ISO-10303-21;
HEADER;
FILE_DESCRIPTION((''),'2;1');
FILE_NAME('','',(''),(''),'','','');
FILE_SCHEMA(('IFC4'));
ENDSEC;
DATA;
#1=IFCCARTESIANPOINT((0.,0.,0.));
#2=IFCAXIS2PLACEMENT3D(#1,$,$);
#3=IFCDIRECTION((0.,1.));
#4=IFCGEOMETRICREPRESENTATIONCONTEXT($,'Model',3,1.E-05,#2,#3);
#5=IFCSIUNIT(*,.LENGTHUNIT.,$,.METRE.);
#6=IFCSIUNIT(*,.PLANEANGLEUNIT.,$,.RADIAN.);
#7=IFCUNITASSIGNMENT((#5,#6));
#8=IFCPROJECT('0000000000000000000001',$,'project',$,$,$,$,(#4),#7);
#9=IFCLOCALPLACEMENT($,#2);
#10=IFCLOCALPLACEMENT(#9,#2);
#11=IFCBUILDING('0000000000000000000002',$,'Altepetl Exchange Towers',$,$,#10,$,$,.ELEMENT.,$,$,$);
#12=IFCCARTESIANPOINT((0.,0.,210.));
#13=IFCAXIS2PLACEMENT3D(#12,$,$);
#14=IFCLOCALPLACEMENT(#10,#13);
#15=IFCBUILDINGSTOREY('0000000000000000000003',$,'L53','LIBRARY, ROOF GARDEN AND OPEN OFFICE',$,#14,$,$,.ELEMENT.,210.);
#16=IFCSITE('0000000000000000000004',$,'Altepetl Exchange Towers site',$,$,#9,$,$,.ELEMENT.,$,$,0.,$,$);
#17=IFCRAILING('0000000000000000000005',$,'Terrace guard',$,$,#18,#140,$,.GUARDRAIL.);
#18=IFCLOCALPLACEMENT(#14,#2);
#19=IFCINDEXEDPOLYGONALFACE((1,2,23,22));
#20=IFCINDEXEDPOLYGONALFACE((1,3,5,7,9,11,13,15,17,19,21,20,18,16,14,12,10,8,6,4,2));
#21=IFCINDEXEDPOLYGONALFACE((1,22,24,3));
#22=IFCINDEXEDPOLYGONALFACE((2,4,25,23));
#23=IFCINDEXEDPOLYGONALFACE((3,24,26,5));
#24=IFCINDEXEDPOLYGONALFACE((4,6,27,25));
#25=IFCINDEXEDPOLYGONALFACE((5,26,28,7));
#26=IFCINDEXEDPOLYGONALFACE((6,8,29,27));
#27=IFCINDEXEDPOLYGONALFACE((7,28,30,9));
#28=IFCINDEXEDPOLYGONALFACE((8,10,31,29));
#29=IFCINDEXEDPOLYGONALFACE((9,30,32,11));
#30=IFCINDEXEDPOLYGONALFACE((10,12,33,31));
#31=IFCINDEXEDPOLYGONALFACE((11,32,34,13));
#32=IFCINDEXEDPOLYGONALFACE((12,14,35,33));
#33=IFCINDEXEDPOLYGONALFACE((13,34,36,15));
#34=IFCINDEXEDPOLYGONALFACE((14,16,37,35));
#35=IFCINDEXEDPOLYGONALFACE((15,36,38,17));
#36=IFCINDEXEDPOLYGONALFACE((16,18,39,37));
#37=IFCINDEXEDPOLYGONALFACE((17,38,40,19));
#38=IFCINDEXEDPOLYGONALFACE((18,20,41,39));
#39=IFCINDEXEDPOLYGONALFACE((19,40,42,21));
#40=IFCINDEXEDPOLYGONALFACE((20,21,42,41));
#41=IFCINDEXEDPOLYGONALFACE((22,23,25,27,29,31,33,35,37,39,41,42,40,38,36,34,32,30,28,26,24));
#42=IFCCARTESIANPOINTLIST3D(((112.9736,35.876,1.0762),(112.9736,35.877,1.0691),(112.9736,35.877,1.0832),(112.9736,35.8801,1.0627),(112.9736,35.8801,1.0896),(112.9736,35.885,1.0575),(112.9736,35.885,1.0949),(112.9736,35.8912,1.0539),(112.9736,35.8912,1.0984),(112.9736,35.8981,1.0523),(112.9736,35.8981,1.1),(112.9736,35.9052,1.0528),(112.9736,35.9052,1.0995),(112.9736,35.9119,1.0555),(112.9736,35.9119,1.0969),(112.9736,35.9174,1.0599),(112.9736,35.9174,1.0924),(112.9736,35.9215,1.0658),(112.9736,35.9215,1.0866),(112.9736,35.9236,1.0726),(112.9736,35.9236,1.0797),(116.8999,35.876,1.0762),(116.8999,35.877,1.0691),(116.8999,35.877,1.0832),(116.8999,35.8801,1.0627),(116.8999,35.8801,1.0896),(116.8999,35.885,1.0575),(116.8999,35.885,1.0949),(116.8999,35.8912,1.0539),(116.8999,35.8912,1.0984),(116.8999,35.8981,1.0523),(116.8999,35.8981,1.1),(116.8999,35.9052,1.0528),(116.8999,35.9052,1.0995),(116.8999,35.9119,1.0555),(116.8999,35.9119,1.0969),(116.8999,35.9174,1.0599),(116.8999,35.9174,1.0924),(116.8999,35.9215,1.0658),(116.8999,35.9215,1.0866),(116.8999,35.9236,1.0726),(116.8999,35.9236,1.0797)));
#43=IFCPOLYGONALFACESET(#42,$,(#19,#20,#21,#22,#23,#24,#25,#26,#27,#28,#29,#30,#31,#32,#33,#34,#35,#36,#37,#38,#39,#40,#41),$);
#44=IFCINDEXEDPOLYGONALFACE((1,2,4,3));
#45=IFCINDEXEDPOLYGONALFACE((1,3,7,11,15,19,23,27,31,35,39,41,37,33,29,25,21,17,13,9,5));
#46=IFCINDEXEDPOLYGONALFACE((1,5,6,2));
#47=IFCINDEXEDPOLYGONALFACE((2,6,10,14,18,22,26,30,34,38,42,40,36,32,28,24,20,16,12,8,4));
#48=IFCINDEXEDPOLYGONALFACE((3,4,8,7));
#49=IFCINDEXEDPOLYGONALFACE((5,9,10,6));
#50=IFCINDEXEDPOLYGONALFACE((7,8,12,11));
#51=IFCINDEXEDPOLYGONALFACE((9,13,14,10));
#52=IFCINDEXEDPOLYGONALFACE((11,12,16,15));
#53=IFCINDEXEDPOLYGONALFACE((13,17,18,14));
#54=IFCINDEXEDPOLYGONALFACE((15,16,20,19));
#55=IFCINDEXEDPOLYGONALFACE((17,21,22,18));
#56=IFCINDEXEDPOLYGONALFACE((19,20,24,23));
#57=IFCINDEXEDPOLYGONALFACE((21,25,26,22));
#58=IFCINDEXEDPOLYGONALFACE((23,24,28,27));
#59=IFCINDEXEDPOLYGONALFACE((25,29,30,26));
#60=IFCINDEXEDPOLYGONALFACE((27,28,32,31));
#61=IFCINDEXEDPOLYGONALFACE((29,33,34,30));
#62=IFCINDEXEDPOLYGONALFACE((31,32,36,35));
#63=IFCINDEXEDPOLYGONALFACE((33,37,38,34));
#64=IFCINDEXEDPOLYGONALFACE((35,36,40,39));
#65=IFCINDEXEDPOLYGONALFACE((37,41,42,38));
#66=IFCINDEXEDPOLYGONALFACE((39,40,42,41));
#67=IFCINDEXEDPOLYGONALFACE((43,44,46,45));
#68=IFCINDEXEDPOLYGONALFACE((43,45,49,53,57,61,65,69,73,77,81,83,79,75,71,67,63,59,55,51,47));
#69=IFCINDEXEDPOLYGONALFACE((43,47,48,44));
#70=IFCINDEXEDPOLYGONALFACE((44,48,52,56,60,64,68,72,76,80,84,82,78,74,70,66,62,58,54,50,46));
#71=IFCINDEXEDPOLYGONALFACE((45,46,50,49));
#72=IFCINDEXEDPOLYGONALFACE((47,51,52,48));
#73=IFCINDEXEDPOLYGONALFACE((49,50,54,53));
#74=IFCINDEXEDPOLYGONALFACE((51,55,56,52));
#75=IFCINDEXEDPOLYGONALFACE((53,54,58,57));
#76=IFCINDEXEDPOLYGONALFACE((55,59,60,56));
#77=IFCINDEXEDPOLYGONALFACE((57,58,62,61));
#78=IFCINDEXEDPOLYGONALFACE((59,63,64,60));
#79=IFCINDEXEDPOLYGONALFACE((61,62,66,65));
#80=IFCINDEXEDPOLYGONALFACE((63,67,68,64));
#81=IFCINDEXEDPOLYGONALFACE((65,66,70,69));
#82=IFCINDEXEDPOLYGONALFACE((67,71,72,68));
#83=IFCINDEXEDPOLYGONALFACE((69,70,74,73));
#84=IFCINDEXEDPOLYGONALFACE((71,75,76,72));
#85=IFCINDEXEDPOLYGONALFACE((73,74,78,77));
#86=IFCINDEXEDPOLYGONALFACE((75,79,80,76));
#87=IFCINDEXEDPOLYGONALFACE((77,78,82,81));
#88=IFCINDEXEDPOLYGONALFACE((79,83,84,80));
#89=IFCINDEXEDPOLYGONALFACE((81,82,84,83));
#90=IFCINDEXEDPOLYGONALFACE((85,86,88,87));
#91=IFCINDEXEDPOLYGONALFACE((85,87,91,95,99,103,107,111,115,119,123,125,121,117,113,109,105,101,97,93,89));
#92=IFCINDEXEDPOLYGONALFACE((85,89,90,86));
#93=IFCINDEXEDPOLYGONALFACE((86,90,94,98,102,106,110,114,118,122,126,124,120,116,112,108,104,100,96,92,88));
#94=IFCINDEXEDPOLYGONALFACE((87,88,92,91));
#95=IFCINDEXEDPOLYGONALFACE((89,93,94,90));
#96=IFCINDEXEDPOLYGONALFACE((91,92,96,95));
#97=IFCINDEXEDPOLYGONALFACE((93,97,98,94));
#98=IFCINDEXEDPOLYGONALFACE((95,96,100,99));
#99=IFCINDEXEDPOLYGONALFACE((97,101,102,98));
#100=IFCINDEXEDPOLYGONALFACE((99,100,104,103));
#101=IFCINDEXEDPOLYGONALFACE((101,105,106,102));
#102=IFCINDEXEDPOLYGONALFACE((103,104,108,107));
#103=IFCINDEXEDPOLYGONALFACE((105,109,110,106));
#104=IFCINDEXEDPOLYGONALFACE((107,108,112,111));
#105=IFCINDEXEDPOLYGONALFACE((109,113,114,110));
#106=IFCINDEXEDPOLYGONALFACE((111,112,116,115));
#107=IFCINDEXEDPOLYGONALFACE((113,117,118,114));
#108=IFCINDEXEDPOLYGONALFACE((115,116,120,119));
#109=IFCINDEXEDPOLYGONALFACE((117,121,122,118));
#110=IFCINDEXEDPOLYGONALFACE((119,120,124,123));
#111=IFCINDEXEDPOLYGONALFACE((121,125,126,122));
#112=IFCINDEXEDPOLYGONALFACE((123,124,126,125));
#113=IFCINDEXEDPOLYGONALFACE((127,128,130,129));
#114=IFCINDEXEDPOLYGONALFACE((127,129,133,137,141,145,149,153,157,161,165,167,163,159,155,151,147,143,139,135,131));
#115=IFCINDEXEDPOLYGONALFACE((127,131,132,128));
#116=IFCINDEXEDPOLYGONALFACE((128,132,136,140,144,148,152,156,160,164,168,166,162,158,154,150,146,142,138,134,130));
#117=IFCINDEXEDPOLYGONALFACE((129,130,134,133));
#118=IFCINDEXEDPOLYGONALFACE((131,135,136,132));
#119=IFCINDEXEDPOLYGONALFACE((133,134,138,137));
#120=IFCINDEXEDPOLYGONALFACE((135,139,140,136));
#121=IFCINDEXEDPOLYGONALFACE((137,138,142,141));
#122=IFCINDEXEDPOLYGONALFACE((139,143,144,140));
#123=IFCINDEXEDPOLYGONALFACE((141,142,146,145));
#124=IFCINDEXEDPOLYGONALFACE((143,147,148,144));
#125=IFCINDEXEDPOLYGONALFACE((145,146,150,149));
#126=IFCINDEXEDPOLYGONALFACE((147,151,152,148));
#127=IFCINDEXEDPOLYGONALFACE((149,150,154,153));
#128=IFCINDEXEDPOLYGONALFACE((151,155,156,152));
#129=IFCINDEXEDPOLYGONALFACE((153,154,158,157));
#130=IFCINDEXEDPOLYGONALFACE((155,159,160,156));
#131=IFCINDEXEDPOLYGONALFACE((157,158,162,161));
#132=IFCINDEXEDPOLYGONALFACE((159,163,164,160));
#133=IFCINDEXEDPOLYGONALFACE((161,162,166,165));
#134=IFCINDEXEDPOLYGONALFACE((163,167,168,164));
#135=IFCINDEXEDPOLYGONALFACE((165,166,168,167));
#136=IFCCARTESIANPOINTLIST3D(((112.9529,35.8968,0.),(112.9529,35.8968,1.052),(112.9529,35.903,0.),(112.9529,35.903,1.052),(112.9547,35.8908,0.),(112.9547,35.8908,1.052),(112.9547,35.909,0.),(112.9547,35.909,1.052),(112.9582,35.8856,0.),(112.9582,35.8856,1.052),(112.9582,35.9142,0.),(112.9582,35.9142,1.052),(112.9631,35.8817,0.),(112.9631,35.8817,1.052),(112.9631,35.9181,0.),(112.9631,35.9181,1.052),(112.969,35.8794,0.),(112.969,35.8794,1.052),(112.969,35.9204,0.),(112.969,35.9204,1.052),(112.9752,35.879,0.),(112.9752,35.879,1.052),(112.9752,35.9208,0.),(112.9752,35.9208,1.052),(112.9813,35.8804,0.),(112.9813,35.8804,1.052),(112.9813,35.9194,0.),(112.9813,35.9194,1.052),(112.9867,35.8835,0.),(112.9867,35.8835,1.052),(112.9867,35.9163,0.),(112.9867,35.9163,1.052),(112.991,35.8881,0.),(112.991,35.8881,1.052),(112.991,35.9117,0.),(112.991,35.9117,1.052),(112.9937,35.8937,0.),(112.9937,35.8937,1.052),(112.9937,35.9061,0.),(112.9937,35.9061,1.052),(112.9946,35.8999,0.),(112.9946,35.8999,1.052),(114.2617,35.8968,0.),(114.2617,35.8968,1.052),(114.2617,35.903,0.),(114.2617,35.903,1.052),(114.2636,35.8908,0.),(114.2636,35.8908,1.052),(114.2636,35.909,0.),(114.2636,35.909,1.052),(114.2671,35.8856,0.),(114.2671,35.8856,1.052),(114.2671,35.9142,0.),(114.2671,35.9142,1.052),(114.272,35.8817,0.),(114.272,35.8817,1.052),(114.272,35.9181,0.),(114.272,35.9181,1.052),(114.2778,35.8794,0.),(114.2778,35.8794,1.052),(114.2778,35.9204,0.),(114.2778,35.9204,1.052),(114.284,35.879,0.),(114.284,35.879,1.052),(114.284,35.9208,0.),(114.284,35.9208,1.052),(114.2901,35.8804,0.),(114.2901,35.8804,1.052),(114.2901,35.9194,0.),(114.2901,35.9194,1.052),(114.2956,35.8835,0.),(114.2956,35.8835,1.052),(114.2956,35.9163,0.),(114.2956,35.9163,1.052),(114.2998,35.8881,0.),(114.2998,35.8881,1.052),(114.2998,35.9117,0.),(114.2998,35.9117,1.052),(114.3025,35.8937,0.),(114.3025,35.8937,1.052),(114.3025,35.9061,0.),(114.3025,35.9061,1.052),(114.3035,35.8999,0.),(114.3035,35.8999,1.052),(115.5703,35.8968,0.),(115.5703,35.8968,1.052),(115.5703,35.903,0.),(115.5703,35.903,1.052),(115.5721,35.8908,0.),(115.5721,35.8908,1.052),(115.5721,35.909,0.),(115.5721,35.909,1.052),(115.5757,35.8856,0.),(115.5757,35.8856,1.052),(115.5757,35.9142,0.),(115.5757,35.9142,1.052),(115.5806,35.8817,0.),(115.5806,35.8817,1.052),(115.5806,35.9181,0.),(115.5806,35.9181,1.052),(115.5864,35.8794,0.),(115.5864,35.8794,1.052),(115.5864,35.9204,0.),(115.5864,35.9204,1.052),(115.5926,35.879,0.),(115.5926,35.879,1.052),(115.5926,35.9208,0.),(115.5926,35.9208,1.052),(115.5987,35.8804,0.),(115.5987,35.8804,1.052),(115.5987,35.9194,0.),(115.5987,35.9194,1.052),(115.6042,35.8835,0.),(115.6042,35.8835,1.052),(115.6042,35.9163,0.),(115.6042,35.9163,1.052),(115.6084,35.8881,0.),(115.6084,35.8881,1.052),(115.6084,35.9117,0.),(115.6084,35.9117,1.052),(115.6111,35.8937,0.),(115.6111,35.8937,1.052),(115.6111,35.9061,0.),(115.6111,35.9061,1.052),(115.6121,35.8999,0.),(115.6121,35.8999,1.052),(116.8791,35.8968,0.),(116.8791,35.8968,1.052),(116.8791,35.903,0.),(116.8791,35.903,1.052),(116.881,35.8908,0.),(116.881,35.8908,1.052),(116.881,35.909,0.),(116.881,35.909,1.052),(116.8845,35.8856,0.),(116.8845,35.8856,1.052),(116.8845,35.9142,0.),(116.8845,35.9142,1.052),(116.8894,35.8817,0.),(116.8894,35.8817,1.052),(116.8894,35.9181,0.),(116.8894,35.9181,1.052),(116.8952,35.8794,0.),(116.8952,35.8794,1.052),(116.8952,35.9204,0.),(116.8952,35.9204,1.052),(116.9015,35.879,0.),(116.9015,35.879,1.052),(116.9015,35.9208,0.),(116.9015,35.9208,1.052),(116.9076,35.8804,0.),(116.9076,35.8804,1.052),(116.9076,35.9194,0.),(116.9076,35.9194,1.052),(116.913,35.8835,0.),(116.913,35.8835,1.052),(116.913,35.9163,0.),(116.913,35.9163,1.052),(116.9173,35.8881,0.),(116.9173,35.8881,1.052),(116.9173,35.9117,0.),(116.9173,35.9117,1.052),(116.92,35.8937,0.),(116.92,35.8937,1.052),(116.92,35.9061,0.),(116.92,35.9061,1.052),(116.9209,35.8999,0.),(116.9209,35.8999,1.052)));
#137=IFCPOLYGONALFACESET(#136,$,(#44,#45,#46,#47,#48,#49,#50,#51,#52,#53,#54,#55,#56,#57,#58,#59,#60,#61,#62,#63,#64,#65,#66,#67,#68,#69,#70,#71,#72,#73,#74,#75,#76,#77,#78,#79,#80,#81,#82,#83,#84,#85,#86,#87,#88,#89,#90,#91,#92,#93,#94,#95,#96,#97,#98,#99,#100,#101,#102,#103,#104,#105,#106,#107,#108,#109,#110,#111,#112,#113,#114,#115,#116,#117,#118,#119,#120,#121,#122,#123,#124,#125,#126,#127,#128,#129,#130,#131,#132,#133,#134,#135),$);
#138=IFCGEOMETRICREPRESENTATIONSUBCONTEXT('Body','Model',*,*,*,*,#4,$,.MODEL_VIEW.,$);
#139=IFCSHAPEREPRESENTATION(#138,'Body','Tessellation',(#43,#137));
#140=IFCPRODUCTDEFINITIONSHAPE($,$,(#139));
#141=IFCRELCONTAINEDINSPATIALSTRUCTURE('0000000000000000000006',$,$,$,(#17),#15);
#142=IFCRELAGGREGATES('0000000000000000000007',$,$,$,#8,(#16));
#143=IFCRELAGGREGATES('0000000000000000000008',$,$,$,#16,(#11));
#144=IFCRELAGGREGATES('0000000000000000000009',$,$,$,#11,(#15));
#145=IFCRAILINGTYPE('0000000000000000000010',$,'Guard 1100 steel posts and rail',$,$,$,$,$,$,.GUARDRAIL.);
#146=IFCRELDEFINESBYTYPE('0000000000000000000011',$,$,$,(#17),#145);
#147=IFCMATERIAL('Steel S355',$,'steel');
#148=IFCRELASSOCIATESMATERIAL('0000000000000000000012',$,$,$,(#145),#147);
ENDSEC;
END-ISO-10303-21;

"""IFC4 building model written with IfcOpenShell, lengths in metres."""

from ifc_helpers import new_model, si_unit, direction, frame, origin, origin_2d, place, context, subcontext, project, spatial, circle, extrude, source, transform, mapped, material, type_object, element, save


model = new_model("IFC4")

# Units and contexts
model_context = context("Model", 3, precision=1e-05, world=origin(), true_north=direction((0.0, 1.0)))
body_context = subcontext(model_context, "Body", "Model", "MODEL_VIEW")
ifc_project = project(units=[si_unit("LENGTHUNIT", "METRE"), si_unit("PLANEANGLEUNIT", "RADIAN")], contexts=[model_context])

# Site, building, storey
site_placement = place(None, origin())
site = spatial("IfcSite", under=ifc_project, at=site_placement, Name="Altepetl Exchange Towers site", CompositionType="ELEMENT", RefElevation=0.0)
building_placement = place(site_placement, origin())
building = spatial("IfcBuilding", under=site, at=building_placement, Name="Altepetl Exchange Towers", CompositionType="ELEMENT")
storey_placement = place(building_placement, frame((0.0, 0.0, 210.0)))
storey = spatial("IfcBuildingStorey", under=building, at=storey_placement, Name="L53", Description="LIBRARY, ROOF GARDEN AND OPEN OFFICE", CompositionType="ELEMENT", Elevation=210.0)

# Shared definitions
ifc_material_1 = material(Name="Steel S355", Category="steel")

# Railing
railing_type = type_object("IfcRailingType", Name="Guard 1100 steel posts and rail", PredefinedType="GUARDRAIL", material=ifc_material_1)
shared_shape = source(origin(), body_context, "Body", "SweptSolid", [
    extrude(circle(Radius=0.021, at=origin_2d()), origin(), (0.0, 0.0, 1.0), 1.052),
])
railing_1_placement = place(storey_placement, frame((116.8999, 35.8999, 0.0)))
element("IfcRailing", 1, at=railing_1_placement, inside=storey, type_object=railing_type, Name="Terrace guard", PredefinedType="GUARDRAIL", context=body_context, shape_type="SweptSolid", body=[
    extrude(circle(Radius=0.0239, at=origin_2d()), frame((0.0, 0.0, 1.0762), z_axis=(-1.0, 0.0, 0.0), x_axis=(0.0, -1.0, 0.0)), (0.0, 0.0, 1.0), 3.9263),
    mapped(shared_shape, transform((0.0, 0.0, 0.0))),
    mapped(shared_shape, transform((-1.3088, 0.0, 0.0))),
    mapped(shared_shape, transform((-2.6174, 0.0, 0.0))),
    mapped(shared_shape, transform((-3.9263, 0.0, 0.0))),
])

save(model, "model.ifc")
